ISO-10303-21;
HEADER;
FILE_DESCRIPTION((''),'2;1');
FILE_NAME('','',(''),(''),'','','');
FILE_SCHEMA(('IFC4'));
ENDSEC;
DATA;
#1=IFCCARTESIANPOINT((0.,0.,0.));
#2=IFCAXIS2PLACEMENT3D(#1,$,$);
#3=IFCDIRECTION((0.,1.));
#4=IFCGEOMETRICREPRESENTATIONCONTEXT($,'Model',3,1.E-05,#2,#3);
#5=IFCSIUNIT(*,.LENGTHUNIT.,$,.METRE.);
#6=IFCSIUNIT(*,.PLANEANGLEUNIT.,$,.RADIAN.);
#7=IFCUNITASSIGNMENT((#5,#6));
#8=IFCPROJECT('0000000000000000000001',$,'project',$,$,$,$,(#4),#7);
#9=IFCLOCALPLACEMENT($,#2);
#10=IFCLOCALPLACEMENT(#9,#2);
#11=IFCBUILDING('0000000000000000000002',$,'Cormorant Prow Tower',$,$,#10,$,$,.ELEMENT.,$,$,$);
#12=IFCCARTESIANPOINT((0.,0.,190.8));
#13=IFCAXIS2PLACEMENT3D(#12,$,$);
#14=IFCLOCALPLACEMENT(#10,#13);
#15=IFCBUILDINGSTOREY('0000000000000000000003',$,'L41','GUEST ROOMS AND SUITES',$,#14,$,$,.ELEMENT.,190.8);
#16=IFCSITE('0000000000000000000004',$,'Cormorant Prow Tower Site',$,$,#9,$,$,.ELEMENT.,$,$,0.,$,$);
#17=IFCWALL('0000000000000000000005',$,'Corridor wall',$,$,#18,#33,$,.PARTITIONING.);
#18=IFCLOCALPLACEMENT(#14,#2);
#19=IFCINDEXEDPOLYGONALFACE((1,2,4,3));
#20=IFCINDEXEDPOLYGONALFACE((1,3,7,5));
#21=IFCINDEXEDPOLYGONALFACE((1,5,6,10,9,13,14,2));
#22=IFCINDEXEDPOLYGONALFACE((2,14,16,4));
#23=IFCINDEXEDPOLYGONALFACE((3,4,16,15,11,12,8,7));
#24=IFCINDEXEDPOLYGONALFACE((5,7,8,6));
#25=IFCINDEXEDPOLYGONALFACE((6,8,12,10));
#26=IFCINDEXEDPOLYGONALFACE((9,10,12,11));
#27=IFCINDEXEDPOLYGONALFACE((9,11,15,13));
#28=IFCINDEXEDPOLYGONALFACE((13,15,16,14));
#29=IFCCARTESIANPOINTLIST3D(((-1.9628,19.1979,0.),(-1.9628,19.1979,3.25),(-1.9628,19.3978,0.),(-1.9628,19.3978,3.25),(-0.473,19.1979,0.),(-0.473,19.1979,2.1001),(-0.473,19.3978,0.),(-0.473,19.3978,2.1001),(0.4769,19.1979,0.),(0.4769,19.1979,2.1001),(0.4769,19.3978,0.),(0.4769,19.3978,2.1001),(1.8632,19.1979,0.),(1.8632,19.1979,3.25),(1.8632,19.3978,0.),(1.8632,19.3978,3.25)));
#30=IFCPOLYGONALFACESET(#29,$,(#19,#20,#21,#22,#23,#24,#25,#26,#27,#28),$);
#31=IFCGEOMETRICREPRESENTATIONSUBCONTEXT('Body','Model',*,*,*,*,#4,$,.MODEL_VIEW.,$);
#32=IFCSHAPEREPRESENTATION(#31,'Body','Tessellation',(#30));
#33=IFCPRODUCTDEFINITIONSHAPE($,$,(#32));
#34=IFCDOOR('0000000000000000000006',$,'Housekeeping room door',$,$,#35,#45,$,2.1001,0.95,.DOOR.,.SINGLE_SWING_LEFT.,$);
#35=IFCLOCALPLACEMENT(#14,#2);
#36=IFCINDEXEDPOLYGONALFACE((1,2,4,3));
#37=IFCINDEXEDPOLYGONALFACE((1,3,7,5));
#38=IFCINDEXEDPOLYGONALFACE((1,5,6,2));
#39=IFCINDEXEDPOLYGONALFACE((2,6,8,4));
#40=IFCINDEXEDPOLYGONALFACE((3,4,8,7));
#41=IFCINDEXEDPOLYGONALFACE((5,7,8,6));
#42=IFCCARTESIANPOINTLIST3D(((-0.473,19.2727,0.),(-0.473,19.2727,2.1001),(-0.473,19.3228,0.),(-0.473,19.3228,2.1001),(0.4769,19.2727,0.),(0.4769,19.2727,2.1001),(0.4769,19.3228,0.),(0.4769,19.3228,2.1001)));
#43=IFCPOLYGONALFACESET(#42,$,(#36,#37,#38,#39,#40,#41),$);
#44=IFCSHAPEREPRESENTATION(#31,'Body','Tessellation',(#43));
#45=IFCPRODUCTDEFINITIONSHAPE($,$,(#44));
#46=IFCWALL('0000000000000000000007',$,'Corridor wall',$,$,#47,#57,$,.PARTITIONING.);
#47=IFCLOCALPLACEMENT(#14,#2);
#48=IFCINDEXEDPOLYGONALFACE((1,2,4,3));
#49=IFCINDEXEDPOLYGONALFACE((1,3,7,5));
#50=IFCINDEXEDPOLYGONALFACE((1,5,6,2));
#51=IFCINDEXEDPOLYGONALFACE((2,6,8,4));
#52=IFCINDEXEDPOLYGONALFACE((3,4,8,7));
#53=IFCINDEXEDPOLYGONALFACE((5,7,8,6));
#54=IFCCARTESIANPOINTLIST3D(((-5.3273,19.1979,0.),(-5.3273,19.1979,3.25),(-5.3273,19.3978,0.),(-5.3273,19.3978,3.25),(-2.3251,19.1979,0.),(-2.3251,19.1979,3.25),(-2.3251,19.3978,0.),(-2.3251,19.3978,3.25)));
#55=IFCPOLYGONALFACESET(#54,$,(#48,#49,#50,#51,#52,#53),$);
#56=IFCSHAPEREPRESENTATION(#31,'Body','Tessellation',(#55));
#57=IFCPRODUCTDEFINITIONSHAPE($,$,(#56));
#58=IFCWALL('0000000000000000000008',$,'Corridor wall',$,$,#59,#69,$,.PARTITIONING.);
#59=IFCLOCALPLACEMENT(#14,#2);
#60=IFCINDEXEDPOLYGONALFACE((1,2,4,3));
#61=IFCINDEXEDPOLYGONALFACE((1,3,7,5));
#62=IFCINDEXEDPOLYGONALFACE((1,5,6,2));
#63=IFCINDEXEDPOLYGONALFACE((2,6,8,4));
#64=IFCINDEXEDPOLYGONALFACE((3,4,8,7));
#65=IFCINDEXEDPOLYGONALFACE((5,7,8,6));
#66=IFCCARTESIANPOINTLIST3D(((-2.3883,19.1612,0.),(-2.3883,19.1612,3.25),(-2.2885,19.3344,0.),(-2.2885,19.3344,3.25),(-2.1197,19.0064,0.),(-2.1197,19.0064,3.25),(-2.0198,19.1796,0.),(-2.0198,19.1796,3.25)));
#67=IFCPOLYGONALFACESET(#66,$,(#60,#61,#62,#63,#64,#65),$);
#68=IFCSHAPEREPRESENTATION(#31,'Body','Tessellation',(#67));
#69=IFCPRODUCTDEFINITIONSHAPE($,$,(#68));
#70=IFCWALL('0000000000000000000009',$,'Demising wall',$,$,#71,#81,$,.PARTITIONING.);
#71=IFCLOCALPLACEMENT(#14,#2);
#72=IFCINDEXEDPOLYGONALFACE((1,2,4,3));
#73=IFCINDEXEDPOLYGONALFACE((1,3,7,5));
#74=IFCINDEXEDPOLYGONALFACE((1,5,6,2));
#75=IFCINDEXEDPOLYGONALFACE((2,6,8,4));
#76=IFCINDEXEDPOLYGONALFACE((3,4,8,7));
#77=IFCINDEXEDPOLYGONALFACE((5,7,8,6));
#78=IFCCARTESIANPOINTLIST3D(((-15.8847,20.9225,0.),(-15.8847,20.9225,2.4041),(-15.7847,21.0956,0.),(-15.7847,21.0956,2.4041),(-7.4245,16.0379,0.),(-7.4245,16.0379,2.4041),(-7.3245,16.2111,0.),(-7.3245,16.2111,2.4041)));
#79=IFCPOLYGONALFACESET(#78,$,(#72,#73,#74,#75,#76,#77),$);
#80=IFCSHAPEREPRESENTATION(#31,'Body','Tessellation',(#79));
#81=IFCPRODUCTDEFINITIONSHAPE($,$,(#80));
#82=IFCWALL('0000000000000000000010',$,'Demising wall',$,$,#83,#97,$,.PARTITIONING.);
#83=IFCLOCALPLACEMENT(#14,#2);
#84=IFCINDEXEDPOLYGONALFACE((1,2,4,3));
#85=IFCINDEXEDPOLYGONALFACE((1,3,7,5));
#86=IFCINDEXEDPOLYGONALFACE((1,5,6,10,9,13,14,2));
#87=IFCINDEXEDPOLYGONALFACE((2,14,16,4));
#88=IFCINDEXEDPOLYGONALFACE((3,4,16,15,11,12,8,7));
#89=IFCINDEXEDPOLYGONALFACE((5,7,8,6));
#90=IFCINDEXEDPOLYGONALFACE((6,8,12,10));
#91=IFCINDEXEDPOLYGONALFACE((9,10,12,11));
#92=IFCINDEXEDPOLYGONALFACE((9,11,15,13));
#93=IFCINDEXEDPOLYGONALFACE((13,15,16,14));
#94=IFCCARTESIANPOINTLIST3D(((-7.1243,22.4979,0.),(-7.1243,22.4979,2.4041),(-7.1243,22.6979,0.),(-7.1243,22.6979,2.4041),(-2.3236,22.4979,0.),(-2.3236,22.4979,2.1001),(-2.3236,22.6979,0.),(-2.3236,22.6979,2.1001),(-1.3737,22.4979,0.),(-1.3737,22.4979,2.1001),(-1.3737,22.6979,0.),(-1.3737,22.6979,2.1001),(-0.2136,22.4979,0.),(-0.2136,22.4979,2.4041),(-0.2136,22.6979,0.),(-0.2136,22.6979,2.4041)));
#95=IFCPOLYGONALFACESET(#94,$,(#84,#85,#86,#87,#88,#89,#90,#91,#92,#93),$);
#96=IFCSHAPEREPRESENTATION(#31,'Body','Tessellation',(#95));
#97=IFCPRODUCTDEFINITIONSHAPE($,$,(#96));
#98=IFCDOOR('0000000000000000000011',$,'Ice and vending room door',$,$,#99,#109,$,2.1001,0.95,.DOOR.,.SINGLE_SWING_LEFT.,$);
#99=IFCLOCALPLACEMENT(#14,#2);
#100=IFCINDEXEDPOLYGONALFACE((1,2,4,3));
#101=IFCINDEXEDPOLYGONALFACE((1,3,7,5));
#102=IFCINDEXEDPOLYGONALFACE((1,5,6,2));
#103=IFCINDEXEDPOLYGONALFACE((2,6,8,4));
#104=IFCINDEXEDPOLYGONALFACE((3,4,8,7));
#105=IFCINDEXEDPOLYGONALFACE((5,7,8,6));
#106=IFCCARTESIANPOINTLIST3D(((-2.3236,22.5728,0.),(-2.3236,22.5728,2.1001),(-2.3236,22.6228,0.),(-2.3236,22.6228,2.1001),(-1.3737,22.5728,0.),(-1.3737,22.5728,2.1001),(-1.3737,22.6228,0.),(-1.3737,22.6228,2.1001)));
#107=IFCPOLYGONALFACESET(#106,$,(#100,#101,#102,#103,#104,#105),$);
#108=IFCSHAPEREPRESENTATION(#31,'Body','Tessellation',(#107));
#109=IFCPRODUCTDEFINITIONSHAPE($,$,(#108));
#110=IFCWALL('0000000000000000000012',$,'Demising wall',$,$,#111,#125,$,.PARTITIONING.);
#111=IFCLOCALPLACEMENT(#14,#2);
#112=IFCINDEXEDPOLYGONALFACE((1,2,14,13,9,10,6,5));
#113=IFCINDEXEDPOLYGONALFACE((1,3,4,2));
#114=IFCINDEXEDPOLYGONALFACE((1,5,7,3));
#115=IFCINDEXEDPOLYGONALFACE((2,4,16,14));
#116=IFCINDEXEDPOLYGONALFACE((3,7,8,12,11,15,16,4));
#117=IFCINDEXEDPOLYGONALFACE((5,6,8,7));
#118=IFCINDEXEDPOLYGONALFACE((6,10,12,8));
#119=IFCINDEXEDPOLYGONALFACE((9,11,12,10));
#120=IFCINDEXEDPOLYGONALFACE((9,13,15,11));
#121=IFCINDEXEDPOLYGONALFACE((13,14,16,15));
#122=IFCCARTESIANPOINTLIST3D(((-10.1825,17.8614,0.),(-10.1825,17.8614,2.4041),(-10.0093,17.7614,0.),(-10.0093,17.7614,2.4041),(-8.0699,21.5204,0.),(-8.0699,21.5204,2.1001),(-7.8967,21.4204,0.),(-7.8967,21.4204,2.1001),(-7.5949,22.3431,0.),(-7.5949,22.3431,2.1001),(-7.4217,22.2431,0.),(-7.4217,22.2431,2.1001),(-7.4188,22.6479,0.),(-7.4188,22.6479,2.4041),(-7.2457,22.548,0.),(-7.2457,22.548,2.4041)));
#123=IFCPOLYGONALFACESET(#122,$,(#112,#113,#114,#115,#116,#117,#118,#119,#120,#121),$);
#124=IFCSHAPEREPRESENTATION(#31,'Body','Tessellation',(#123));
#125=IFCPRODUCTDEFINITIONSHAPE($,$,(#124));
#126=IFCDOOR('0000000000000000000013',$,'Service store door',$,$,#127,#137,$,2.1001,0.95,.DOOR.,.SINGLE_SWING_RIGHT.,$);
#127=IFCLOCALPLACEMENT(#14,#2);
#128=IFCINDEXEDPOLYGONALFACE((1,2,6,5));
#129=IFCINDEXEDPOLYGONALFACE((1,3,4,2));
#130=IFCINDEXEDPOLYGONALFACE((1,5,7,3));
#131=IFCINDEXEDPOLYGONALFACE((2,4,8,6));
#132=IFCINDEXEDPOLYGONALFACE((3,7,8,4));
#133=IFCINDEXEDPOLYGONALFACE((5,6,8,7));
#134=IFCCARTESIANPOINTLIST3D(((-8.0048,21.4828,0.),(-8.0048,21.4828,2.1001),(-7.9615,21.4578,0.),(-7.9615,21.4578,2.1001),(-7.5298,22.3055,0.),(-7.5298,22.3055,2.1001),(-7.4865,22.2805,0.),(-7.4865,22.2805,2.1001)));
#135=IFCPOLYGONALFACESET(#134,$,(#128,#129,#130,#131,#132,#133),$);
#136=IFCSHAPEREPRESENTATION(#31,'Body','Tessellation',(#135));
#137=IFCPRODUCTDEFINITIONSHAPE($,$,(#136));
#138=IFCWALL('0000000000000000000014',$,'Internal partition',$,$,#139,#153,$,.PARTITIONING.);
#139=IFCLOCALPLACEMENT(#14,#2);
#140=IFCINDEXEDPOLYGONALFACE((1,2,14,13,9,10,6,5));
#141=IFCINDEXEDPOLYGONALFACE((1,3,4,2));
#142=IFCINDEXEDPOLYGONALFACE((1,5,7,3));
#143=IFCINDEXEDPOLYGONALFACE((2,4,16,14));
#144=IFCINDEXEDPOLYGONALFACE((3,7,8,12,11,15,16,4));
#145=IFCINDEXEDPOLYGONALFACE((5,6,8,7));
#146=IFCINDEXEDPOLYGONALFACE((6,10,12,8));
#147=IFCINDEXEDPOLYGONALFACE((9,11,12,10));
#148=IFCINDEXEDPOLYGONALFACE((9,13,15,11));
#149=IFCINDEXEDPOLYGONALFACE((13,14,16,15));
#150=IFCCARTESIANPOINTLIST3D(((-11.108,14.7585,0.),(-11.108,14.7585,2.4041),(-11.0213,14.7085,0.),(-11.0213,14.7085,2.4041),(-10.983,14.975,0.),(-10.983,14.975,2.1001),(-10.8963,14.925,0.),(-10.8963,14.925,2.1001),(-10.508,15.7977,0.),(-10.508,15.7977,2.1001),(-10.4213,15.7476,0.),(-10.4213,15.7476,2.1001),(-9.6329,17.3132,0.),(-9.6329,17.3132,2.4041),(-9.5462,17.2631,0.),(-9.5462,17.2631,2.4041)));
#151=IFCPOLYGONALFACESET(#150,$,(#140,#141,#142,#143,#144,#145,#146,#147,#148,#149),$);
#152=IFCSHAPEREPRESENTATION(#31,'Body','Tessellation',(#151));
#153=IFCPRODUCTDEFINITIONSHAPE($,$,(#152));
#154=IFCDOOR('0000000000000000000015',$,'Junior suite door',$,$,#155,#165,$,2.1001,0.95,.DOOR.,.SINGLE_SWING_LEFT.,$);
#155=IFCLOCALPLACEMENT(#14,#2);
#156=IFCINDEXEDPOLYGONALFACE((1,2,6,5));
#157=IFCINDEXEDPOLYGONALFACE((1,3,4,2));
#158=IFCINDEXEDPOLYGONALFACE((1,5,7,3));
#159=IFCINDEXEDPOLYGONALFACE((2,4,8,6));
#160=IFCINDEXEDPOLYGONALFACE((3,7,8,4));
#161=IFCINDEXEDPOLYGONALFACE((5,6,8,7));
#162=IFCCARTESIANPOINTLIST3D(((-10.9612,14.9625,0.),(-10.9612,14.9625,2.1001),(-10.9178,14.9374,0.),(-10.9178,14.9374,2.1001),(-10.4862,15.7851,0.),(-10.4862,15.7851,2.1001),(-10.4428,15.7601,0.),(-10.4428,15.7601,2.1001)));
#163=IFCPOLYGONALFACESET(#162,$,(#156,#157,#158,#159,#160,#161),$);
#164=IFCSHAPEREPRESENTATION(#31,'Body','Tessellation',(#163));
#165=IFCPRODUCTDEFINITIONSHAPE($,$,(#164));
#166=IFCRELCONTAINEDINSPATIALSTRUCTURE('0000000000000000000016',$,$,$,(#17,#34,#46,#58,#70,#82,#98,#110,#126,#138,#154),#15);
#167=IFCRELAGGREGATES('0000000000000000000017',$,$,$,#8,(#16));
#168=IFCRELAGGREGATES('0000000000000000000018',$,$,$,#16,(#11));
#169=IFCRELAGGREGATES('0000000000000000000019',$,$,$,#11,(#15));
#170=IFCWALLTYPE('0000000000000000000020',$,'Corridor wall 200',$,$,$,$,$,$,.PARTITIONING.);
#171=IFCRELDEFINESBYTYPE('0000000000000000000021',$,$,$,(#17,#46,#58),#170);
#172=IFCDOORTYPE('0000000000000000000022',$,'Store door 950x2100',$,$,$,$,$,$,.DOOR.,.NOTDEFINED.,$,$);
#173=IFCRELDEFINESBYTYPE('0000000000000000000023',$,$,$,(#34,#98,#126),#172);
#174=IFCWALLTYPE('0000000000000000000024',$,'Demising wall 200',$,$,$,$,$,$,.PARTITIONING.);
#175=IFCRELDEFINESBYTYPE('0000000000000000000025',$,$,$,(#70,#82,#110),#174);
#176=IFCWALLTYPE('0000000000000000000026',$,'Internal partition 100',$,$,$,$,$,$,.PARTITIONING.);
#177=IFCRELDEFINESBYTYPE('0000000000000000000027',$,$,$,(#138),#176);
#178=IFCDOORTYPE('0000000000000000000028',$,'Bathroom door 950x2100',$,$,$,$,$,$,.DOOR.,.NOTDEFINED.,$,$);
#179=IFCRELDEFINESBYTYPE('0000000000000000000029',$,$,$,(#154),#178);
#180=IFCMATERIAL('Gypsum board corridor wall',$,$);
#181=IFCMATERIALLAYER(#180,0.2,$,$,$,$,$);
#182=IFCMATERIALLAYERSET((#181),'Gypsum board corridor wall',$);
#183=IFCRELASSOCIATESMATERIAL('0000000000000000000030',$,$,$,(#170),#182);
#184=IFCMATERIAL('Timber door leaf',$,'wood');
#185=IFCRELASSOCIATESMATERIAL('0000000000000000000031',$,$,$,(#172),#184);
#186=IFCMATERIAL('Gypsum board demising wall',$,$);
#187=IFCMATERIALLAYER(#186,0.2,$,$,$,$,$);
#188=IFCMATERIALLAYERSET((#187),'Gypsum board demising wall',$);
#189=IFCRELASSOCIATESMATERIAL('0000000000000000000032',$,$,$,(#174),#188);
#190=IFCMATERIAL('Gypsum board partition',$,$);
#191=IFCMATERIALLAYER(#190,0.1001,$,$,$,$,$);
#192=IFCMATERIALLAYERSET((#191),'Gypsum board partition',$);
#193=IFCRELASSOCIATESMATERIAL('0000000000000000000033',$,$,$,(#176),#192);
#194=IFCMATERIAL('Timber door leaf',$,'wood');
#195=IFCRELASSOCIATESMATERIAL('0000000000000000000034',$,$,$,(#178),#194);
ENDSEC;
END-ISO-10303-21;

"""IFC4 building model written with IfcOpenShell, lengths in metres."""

from ifc_helpers import new_model, si_unit, direction, frame, frame_2d, origin, place, context, subcontext, project, spatial, rectangle, extrude, material, layer, layer_set, type_object, element, fill, save


model = new_model("IFC4")

# Units and contexts
model_context = context("Model", 3, precision=1e-05, world=origin(), true_north=direction((0.0, 1.0)))
body_context = subcontext(model_context, "Body", "Model", "MODEL_VIEW")
ifc_project = project(units=[si_unit("LENGTHUNIT", "METRE"), si_unit("PLANEANGLEUNIT", "RADIAN")], contexts=[model_context])

# Site, building, storey
site_placement = place(None, origin())
site = spatial("IfcSite", under=ifc_project, at=site_placement, Name="Cormorant Prow Tower Site", CompositionType="ELEMENT", RefElevation=0.0)
building_placement = place(site_placement, origin())
building = spatial("IfcBuilding", under=site, at=building_placement, Name="Cormorant Prow Tower", CompositionType="ELEMENT")
storey_placement = place(building_placement, frame((0.0, 0.0, 190.8)))
storey = spatial("IfcBuildingStorey", under=building, at=storey_placement, Name="L41", Description="GUEST ROOMS AND SUITES", CompositionType="ELEMENT", Elevation=190.8)

# Wall, opening, door
ifc_material_1 = material(Name="Gypsum board corridor wall")
ifc_layer_1 = layer(ifc_material_1, 0.2)
ifc_layer_set_1 = layer_set([ifc_layer_1], Name="Gypsum board corridor wall")
wall_type_1 = type_object("IfcWallType", Name="Corridor wall 200", PredefinedType="PARTITIONING", material=ifc_layer_set_1)
wall_1_placement = place(storey_placement, frame((-1.9629, 19.2979, 0.0), z_axis=(0.0, 0.0, 1.0), x_axis=(1.0, 0.0, 0.0)))
wall_1 = element("IfcWall", 1, at=wall_1_placement, inside=storey, type_object=wall_type_1, Name="Corridor wall", PredefinedType="PARTITIONING", context=body_context, shape_type="SweptSolid", body=[
    extrude(rectangle(XDim=3.8259, YDim=0.2, at=frame_2d((1.9131, 0.0))), origin(), (0.0, 0.0, 1.0), 3.25),
])
opening_1_placement = place(wall_1_placement, frame((1.4897, 0.0, 0.0)))
opening_1 = element("IfcOpeningElement", 2, at=opening_1_placement, cuts=wall_1, PredefinedType="OPENING", context=body_context, shape_type="SweptSolid", body=[
    extrude(rectangle(XDim=0.95, YDim=2.1001, at=frame_2d((0.4751, 1.05))), frame((0.0, 0.1099, 0.0), z_axis=(0.0, -1.0, 0.0), x_axis=(1.0, 0.0, 0.0)), (0.0, 0.0, 1.0), 0.22),
])
ifc_material_2 = material(Name="Timber door leaf", Category="wood")
door_type_1 = type_object("IfcDoorType", Name="Store door 950x2100", OperationType="NOTDEFINED", PredefinedType="DOOR", material=ifc_material_2)
door_1_placement = place(opening_1_placement, origin())
door_1 = element("IfcDoor", 3, at=door_1_placement, inside=storey, type_object=door_type_1, Name="Housekeeping room door", OperationType="SINGLE_SWING_LEFT", OverallHeight=2.1001, OverallWidth=0.95, PredefinedType="DOOR", context=body_context, shape_type="SweptSolid", body=[
    extrude(rectangle(XDim=0.95, YDim=2.1001, at=frame_2d((0.4751, 1.05))), frame((0.0, 0.0249, 0.0), z_axis=(0.0, -1.0, 0.0), x_axis=(1.0, 0.0, 0.0)), (0.0, 0.0, 1.0), 0.05),
])
fill(opening_1, door_1)

# Walls
wall_2_placement = place(storey_placement, frame((-5.3271, 19.2979, 0.0), z_axis=(0.0, 0.0, 1.0), x_axis=(1.0, 0.0, 0.0)))
element("IfcWall", 4, at=wall_2_placement, inside=storey, type_object=wall_type_1, Name="Corridor wall", PredefinedType="PARTITIONING", context=body_context, shape_type="SweptSolid", body=[
    extrude(rectangle(XDim=3.0022, YDim=0.2, at=frame_2d((1.501, 0.0))), origin(), (0.0, 0.0, 1.0), 3.25),
])
wall_3_placement = place(storey_placement, frame((-2.3384, 19.2478, 0.0), z_axis=(0.0, 0.0, 1.0), x_axis=(0.866395, -0.499359, 0.0)))
element("IfcWall", 5, at=wall_3_placement, inside=storey, type_object=wall_type_1, Name="Corridor wall", PredefinedType="PARTITIONING", context=body_context, shape_type="SweptSolid", body=[
    extrude(rectangle(XDim=0.3101, YDim=0.2, at=frame_2d((0.155, 0.0))), origin(), (0.0, 0.0, 1.0), 3.25),
])
ifc_material_3 = material(Name="Gypsum board demising wall")
ifc_layer_2 = layer(ifc_material_3, 0.2)
ifc_layer_set_2 = layer_set([ifc_layer_2], Name="Gypsum board demising wall")
wall_type_2 = type_object("IfcWallType", Name="Demising wall 200", PredefinedType="PARTITIONING", material=ifc_layer_set_2)
wall_4_placement = place(storey_placement, frame((-15.8347, 21.009, 0.0), z_axis=(0.0, 0.0, 1.0), x_axis=(0.866025, -0.500002, 0.0)))
element("IfcWall", 6, at=wall_4_placement, inside=storey, type_object=wall_type_2, Name="Demising wall", PredefinedType="PARTITIONING", context=body_context, shape_type="SweptSolid", body=[
    extrude(rectangle(XDim=9.769, YDim=0.2, at=frame_2d((4.8845, 0.0))), origin(), (0.0, 0.0, 1.0), 2.4041),
])

# Walls, openings, doors
wall_5_placement = place(storey_placement, frame((-7.1243, 22.5979, 0.0), z_axis=(0.0, 0.0, 1.0), x_axis=(1.0, 0.0, 0.0)))
wall_5 = element("IfcWall", 7, at=wall_5_placement, inside=storey, type_object=wall_type_2, Name="Demising wall", PredefinedType="PARTITIONING", context=body_context, shape_type="SweptSolid", body=[
    extrude(rectangle(XDim=6.9106, YDim=0.2, at=frame_2d((3.4553, 0.0))), origin(), (0.0, 0.0, 1.0), 2.4041),
])
opening_2_placement = place(wall_5_placement, frame((4.8005, 0.0, 0.0)))
opening_2 = element("IfcOpeningElement", 8, at=opening_2_placement, cuts=wall_5, PredefinedType="OPENING", context=body_context, shape_type="SweptSolid", body=[
    extrude(rectangle(XDim=0.95, YDim=2.1001, at=frame_2d((0.4751, 1.05))), frame((0.0, 0.1099, 0.0), z_axis=(0.0, -1.0, 0.0), x_axis=(1.0, 0.0, 0.0)), (0.0, 0.0, 1.0), 0.22),
])
door_2_placement = place(opening_2_placement, origin())
door_2 = element("IfcDoor", 9, at=door_2_placement, inside=storey, type_object=door_type_1, Name="Ice and vending room door", OperationType="SINGLE_SWING_LEFT", OverallHeight=2.1001, OverallWidth=0.95, PredefinedType="DOOR", context=body_context, shape_type="SweptSolid", body=[
    extrude(rectangle(XDim=0.95, YDim=2.1001, at=frame_2d((0.4751, 1.05))), frame((0.0, 0.0249, 0.0), z_axis=(0.0, -1.0, 0.0), x_axis=(1.0, 0.0, 0.0)), (0.0, 0.0, 1.0), 0.05),
])
fill(opening_2, door_2)
wall_6_placement = place(storey_placement, frame((-10.0959, 17.8113, 0.0), z_axis=(0.0, 0.0, 1.0), x_axis=(0.500016, 0.866016, 0.0)))
wall_6 = element("IfcWall", 10, at=wall_6_placement, inside=storey, type_object=wall_type_2, Name="Demising wall", PredefinedType="PARTITIONING", context=body_context, shape_type="SweptSolid", body=[
    extrude(rectangle(XDim=5.5271, YDim=0.2, at=frame_2d((2.7637, 0.0))), origin(), (0.0, 0.0, 1.0), 2.4041),
])
opening_3_placement = place(wall_6_placement, frame((4.2251, 0.0, 0.0)))
opening_3 = element("IfcOpeningElement", 11, at=opening_3_placement, cuts=wall_6, PredefinedType="OPENING", context=body_context, shape_type="SweptSolid", body=[
    extrude(rectangle(XDim=0.95, YDim=2.1001, at=frame_2d((0.4751, 1.05))), frame((0.0, 0.1099, 0.0), z_axis=(0.0, -1.0, 0.0), x_axis=(1.0, 0.0, 0.0)), (0.0, 0.0, 1.0), 0.22),
])
door_3_placement = place(opening_3_placement, origin())
door_3 = element("IfcDoor", 12, at=door_3_placement, inside=storey, type_object=door_type_1, Name="Service store door", OperationType="SINGLE_SWING_RIGHT", OverallHeight=2.1001, OverallWidth=0.95, PredefinedType="DOOR", context=body_context, shape_type="SweptSolid", body=[
    extrude(rectangle(XDim=0.95, YDim=2.1001, at=frame_2d((0.4751, 1.05))), frame((0.0, 0.0249, 0.0), z_axis=(0.0, -1.0, 0.0), x_axis=(1.0, 0.0, 0.0)), (0.0, 0.0, 1.0), 0.05),
])
fill(opening_3, door_3)
ifc_material_4 = material(Name="Gypsum board partition")
ifc_layer_3 = layer(ifc_material_4, 0.1001)
ifc_layer_set_3 = layer_set([ifc_layer_3], Name="Gypsum board partition")
wall_type_3 = type_object("IfcWallType", Name="Internal partition 100", PredefinedType="PARTITIONING", material=ifc_layer_set_3)
wall_7_placement = place(storey_placement, frame((-11.0647, 14.7334, 0.0), z_axis=(0.0, 0.0, 1.0), x_axis=(0.500038, 0.866004, 0.0)))
wall_7 = element("IfcWall", 13, at=wall_7_placement, inside=storey, type_object=wall_type_3, Name="Internal partition", PredefinedType="PARTITIONING", context=body_context, shape_type="SweptSolid", body=[
    extrude(rectangle(XDim=2.95, YDim=0.1001, at=frame_2d((1.4751, 0.0))), origin(), (0.0, 0.0, 1.0), 2.4041),
])
opening_4_placement = place(wall_7_placement, frame((0.25, 0.0, 0.0)))
opening_4 = element("IfcOpeningElement", 14, at=opening_4_placement, cuts=wall_7, PredefinedType="OPENING", context=body_context, shape_type="SweptSolid", body=[
    extrude(rectangle(XDim=0.95, YDim=2.1001, at=frame_2d((0.4751, 1.05))), frame((0.0, 0.0601, 0.0), z_axis=(0.0, -1.0, 0.0), x_axis=(1.0, 0.0, 0.0)), (0.0, 0.0, 1.0), 0.1201),
])
ifc_material_5 = material(Name="Timber door leaf", Category="wood")
door_type_2 = type_object("IfcDoorType", Name="Bathroom door 950x2100", OperationType="NOTDEFINED", PredefinedType="DOOR", material=ifc_material_5)
door_4_placement = place(opening_4_placement, origin())
door_4 = element("IfcDoor", 15, at=door_4_placement, inside=storey, type_object=door_type_2, Name="Junior suite door", OperationType="SINGLE_SWING_LEFT", OverallHeight=2.1001, OverallWidth=0.95, PredefinedType="DOOR", context=body_context, shape_type="SweptSolid", body=[
    extrude(rectangle(XDim=0.95, YDim=2.1001, at=frame_2d((0.4751, 1.05))), frame((0.0, 0.0249, 0.0), z_axis=(0.0, -1.0, 0.0), x_axis=(1.0, 0.0, 0.0)), (0.0, 0.0, 1.0), 0.05),
])
fill(opening_4, door_4)

save(model, "model.ifc")
